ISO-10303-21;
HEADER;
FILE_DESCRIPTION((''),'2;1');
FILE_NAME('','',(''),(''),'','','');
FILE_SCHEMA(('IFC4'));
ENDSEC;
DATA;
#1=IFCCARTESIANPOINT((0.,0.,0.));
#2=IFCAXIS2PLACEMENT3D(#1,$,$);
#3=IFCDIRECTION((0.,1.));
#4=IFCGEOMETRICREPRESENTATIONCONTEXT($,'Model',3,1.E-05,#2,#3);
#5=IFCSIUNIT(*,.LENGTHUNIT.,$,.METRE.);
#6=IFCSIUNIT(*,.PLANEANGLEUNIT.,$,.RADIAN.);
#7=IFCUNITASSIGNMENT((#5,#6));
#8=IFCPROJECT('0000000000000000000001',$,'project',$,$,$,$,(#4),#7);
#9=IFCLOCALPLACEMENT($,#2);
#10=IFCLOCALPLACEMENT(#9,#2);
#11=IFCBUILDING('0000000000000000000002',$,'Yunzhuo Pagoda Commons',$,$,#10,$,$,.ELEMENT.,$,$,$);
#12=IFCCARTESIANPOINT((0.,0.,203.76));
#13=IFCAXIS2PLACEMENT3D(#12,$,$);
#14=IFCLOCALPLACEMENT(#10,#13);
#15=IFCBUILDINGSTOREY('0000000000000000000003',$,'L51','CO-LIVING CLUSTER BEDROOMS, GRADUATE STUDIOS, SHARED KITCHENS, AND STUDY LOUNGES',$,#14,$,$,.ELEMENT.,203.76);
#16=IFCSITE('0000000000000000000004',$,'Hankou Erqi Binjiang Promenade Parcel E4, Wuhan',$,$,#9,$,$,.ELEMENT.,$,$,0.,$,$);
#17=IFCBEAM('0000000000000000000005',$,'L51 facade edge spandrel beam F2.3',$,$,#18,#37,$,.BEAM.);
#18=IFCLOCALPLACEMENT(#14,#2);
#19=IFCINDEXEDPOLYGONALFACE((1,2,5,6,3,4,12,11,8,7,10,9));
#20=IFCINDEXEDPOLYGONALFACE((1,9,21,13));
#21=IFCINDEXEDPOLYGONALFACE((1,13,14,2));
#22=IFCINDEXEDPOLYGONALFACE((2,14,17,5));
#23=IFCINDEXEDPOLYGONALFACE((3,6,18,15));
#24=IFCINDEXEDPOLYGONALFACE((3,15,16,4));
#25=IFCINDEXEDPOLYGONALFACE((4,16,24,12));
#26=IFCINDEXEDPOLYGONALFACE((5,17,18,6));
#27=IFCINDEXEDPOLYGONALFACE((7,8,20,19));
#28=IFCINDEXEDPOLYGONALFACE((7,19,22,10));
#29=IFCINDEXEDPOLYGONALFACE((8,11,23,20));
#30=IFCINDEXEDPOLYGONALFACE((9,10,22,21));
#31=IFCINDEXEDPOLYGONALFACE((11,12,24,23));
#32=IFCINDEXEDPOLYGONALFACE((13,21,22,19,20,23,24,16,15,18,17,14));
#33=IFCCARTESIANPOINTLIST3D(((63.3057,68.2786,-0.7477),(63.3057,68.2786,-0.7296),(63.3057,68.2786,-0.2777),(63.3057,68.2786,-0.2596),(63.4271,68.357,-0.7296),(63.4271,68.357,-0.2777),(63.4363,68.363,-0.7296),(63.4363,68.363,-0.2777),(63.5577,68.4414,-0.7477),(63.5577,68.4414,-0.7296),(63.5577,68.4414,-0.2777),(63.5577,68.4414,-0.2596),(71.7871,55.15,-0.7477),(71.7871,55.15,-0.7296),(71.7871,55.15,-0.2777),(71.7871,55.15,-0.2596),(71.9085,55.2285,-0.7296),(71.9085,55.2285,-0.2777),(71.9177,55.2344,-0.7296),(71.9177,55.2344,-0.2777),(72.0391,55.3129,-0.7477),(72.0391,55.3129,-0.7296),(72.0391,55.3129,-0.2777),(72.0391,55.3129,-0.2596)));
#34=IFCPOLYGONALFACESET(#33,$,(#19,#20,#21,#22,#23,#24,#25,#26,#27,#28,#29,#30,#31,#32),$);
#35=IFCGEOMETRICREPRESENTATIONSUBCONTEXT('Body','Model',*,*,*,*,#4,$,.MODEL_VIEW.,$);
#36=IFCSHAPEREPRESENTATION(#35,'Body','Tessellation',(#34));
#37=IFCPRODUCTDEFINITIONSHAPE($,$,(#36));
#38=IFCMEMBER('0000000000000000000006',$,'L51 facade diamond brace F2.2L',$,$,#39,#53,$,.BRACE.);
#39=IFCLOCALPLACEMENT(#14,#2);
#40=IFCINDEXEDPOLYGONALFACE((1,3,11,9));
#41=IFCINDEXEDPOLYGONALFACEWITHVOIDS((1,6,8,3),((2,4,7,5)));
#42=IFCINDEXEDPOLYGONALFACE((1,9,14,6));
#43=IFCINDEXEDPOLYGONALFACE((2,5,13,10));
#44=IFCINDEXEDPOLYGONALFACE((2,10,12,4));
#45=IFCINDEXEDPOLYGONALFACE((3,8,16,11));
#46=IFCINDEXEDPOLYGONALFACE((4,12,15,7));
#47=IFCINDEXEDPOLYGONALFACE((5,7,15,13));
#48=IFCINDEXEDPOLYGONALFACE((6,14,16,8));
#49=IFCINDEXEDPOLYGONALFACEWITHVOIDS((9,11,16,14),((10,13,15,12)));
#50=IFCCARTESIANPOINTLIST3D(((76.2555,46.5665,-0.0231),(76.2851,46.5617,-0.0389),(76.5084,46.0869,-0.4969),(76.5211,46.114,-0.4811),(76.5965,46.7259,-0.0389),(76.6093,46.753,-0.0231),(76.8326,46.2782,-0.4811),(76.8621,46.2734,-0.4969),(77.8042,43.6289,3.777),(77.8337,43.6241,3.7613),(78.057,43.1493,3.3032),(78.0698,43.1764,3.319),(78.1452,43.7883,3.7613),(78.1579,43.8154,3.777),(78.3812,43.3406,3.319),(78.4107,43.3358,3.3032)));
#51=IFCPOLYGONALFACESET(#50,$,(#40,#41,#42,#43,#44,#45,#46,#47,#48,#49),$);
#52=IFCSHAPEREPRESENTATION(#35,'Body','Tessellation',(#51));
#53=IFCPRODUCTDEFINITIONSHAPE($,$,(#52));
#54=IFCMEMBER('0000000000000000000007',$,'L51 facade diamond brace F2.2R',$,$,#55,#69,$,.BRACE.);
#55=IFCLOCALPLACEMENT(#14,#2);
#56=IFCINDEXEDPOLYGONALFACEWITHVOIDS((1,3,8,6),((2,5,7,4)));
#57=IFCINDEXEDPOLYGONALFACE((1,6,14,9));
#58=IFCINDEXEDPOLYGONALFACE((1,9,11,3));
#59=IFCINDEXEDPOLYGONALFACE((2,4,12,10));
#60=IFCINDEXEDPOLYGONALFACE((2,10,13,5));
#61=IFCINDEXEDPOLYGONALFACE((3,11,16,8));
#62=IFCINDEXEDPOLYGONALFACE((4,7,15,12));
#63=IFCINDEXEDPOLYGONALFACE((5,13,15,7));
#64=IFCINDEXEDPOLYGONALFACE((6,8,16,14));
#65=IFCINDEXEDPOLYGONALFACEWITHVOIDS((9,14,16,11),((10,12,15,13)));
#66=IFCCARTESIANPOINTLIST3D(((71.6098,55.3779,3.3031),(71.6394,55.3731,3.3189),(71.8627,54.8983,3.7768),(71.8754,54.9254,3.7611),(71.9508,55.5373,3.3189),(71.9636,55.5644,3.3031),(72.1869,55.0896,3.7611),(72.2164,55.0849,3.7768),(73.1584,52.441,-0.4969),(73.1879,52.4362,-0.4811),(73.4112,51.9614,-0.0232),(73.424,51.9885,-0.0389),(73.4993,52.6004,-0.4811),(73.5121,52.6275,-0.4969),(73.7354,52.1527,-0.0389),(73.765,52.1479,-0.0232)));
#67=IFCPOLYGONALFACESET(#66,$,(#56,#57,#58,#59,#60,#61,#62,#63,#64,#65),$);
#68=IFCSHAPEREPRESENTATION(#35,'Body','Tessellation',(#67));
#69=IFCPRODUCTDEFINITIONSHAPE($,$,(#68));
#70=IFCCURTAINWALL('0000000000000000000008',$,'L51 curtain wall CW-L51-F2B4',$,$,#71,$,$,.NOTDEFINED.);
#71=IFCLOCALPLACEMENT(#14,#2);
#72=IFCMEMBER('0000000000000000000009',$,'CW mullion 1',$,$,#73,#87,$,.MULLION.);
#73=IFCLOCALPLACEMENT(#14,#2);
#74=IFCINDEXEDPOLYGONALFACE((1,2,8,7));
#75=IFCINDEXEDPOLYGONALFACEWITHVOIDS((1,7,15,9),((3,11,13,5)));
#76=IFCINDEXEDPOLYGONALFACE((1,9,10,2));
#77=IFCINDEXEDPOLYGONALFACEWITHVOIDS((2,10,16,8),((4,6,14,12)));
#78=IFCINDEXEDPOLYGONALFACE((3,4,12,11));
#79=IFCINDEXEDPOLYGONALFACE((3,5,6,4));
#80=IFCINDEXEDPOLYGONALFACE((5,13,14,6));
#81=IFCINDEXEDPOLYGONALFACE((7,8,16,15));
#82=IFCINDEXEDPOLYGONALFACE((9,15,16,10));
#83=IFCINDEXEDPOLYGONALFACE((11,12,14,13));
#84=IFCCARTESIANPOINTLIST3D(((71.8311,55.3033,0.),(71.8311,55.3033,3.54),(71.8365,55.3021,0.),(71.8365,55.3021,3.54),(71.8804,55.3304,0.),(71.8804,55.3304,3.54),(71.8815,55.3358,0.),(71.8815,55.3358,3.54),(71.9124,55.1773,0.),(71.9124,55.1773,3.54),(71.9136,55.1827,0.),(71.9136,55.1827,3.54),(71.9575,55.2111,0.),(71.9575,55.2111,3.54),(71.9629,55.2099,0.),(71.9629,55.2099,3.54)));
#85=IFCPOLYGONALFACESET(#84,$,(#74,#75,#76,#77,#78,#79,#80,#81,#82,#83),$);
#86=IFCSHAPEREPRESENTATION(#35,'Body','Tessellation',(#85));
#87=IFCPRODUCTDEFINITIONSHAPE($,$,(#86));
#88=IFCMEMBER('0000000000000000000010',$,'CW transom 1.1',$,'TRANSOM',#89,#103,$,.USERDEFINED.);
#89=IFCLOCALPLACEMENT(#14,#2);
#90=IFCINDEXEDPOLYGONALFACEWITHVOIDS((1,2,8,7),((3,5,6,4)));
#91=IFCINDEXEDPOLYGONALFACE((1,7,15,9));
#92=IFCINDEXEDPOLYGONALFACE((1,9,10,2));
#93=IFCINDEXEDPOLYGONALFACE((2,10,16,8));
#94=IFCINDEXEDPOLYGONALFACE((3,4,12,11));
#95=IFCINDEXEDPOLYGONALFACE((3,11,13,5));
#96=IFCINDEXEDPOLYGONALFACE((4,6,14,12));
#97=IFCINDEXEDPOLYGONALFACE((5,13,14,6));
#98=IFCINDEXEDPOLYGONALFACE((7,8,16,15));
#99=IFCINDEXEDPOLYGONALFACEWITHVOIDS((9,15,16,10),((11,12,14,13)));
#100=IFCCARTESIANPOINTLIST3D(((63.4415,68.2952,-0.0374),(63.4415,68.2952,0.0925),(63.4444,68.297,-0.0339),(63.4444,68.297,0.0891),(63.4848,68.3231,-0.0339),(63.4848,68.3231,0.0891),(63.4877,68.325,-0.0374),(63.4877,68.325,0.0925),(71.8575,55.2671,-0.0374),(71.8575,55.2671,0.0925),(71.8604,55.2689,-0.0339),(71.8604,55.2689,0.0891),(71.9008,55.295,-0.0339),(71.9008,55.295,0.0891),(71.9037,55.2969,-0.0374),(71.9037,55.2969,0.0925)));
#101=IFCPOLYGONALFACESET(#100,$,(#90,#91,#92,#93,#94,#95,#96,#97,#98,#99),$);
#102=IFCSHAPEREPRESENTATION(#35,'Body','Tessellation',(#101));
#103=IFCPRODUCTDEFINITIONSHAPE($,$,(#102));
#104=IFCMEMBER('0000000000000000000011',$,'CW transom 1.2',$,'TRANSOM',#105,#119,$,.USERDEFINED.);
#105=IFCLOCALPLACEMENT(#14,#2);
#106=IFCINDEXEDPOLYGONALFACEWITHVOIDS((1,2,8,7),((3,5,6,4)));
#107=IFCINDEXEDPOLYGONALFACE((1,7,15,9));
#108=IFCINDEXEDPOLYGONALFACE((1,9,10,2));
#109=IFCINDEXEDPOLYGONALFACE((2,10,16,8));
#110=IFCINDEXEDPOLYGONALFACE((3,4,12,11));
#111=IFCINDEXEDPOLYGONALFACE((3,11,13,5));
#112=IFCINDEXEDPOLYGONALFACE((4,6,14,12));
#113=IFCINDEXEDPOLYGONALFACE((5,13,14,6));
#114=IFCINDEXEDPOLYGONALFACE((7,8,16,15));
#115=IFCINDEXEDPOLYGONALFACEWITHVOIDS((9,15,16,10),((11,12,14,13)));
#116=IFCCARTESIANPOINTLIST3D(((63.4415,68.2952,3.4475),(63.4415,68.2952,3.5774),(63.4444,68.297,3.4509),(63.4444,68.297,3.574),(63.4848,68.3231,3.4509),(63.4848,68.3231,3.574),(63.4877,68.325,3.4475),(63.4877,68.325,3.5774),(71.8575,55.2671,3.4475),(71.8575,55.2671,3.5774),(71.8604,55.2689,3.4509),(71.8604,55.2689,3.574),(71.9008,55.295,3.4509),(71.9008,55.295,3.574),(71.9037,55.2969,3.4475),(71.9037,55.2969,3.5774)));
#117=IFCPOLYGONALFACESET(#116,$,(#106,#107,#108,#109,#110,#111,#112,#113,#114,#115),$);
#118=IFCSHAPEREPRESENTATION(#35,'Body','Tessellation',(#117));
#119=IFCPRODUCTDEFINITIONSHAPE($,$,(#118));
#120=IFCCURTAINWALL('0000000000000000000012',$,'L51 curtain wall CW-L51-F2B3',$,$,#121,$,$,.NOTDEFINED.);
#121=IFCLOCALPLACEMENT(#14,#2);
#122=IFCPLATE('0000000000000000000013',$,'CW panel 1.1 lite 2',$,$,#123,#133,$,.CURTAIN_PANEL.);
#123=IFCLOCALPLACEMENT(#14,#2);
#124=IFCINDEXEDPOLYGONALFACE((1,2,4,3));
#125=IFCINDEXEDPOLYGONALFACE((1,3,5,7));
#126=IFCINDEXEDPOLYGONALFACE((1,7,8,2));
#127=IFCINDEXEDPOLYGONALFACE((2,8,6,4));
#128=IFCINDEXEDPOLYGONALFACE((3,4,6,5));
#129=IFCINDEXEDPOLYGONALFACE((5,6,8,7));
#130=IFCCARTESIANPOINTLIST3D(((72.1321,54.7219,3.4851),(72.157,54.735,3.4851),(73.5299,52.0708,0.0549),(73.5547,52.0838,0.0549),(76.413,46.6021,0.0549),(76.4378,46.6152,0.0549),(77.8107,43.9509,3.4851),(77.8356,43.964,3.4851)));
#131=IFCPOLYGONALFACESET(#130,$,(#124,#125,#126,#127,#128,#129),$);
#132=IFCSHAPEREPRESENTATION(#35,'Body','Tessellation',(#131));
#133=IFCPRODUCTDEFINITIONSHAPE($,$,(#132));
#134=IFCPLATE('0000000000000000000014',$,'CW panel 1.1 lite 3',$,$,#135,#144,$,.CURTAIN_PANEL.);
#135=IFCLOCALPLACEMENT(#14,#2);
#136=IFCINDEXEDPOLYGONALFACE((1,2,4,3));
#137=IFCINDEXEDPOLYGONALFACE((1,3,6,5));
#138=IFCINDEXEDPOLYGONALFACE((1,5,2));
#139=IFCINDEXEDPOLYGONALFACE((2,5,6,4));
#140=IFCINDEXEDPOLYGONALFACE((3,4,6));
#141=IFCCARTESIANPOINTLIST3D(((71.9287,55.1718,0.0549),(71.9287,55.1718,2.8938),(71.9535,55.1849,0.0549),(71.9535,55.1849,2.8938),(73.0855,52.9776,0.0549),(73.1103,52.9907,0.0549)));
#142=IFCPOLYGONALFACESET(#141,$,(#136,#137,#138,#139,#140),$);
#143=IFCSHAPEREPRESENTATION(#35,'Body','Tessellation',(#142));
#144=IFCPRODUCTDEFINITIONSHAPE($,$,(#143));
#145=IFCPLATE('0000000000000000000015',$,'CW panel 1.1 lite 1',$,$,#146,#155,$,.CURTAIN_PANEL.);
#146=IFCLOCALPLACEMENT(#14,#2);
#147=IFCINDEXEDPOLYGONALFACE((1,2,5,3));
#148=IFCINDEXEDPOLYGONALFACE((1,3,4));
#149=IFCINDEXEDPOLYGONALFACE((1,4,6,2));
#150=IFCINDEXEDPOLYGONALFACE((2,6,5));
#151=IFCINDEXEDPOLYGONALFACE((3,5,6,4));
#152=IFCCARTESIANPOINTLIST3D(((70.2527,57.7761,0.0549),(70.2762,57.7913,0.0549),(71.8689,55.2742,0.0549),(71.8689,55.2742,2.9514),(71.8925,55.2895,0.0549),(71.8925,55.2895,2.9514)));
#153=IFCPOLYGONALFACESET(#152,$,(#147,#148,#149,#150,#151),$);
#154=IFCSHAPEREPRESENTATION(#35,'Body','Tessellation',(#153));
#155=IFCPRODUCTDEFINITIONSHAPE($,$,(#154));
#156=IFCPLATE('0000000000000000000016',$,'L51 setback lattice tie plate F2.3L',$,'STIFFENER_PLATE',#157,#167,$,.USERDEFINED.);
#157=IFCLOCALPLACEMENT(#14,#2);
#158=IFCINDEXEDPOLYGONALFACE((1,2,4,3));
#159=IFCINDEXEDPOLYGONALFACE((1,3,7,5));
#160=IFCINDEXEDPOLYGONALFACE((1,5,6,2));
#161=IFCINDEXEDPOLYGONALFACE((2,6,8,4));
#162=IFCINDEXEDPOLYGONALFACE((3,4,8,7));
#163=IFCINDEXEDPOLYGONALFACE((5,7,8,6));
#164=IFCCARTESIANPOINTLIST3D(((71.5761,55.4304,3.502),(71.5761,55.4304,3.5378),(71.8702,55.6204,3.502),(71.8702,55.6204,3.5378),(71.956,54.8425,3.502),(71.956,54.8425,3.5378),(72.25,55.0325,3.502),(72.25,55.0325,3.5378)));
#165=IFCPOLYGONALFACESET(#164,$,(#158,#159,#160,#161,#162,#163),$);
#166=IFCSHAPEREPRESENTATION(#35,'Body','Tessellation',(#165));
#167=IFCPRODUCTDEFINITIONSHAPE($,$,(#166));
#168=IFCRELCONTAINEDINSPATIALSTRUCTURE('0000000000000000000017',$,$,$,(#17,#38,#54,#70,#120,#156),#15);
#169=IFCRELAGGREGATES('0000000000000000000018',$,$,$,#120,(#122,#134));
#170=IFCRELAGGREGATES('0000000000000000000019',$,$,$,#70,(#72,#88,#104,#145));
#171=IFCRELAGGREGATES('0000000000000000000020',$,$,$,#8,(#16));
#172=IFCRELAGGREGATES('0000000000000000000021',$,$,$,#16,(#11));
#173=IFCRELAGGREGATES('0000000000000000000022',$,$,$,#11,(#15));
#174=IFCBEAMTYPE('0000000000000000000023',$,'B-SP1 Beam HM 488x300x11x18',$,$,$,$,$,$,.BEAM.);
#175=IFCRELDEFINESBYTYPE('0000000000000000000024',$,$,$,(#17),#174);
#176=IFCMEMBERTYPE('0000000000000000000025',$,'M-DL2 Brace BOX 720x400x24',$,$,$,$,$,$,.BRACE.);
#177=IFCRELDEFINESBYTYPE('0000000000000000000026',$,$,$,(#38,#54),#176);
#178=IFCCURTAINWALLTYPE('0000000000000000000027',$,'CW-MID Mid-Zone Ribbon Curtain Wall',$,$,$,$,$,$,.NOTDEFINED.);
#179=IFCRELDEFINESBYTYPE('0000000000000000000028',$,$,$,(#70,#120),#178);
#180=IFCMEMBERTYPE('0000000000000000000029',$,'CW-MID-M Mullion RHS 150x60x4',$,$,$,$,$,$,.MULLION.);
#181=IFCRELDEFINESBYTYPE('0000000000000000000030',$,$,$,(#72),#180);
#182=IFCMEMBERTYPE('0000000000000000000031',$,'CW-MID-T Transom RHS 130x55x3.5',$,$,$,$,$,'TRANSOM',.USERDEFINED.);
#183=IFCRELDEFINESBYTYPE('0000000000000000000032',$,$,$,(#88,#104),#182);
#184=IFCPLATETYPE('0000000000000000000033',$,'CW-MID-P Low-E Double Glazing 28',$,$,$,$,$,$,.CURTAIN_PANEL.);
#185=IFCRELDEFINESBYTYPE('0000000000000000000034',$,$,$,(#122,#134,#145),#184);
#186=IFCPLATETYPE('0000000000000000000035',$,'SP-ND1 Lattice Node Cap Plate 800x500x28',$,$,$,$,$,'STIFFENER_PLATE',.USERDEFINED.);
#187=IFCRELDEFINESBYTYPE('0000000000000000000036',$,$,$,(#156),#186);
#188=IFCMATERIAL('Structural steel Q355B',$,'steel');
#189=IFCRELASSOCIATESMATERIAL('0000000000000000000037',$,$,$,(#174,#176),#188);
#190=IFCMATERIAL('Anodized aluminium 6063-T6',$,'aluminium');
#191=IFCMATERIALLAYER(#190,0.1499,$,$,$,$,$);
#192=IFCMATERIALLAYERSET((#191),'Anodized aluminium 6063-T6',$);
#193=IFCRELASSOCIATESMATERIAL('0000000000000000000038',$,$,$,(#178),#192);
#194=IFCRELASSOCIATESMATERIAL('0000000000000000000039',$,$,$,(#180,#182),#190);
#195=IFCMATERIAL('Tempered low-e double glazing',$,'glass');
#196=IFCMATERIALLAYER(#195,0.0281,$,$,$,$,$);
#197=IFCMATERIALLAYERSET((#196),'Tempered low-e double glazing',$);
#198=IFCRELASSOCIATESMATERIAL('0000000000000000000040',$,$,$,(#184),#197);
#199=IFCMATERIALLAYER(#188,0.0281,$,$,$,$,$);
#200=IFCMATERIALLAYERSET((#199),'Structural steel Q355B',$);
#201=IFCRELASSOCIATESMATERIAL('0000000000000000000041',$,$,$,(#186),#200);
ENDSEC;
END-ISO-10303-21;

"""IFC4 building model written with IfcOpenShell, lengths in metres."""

from ifc_helpers import new_model, si_unit, direction, frame, origin, origin_2d, place, context, subcontext, project, spatial, polyline, rectangle, hollow_rectangle, i_section, outline, extrude, source, transform, mapped, material, layer, layer_set, material_profile, profile_set, type_object, element, aggregate, save


model = new_model("IFC4")

# Units and contexts
model_context = context("Model", 3, precision=1e-05, world=origin(), true_north=direction((0.0, 1.0)))
body_context = subcontext(model_context, "Body", "Model", "MODEL_VIEW")
ifc_project = project(units=[si_unit("LENGTHUNIT", "METRE"), si_unit("PLANEANGLEUNIT", "RADIAN")], contexts=[model_context])

# Site, building, storey
site_placement = place(None, origin())
site = spatial("IfcSite", under=ifc_project, at=site_placement, Name="Hankou Erqi Binjiang Promenade Parcel E4, Wuhan", CompositionType="ELEMENT", RefElevation=0.0)
building_placement = place(site_placement, origin())
building = spatial("IfcBuilding", under=site, at=building_placement, Name="Yunzhuo Pagoda Commons", CompositionType="ELEMENT")
storey_placement = place(building_placement, frame((0.0, 0.0, 203.76)))
storey = spatial("IfcBuildingStorey", under=building, at=storey_placement, Name="L51", Description="CO-LIVING CLUSTER BEDROOMS, GRADUATE STUDIOS, SHARED KITCHENS, AND STUDY LOUNGES", CompositionType="ELEMENT", Elevation=203.76)

# Beam
ifc_material_1 = material(Name="Structural steel Q355B", Category="steel")
ifc_material_profile_1 = material_profile(ifc_material_1, i_section(OverallWidth=0.3, OverallDepth=0.488, WebThickness=0.011, FlangeThickness=0.0181, at=origin_2d()), Name="Structural steel Q355B")
ifc_profile_set_1 = profile_set([ifc_material_profile_1], Name="Structural steel Q355B")
beam_type_1 = type_object("IfcBeamType", Name="B-SP1 Beam HM 488x300x11x18", PredefinedType="BEAM", material=ifc_profile_set_1)
shared_shape_1 = source(origin(), body_context, "Body", "SweptSolid", [
    extrude(i_section(OverallWidth=0.3, OverallDepth=0.488, WebThickness=0.011, FlangeThickness=0.0181, at=origin_2d()), origin(), (0.0, 0.0, 1.0), 15.6299),
])
beam_1_placement = place(storey_placement, frame((71.9131, 55.2314, -0.5037), z_axis=(-0.542639, 0.839966, 0.0), x_axis=(-0.839966, -0.542639, 0.0)))
element("IfcBeam", 1, at=beam_1_placement, inside=storey, type_object=beam_type_1, Name="L51 facade edge spandrel beam F2.3", PredefinedType="BEAM", context=body_context, shape_type="MappedRepresentation", body=[
    mapped(shared_shape_1, transform((0.0, 0.0, 0.0), scale=1.0)),
])

# Members
ifc_material_profile_2 = material_profile(ifc_material_1, hollow_rectangle(XDim=0.3999, YDim=0.72, WallThickness=0.0239, at=origin_2d()), Name="Structural steel Q355B")
ifc_profile_set_2 = profile_set([ifc_material_profile_2], Name="Structural steel Q355B")
member_type_1 = type_object("IfcMemberType", Name="M-DL2 Brace BOX 720x400x24", PredefinedType="BRACE", material=ifc_profile_set_2)
shared_shape_2 = source(origin(), body_context, "Body", "SweptSolid", [
    extrude(hollow_rectangle(XDim=0.3999, YDim=0.72, WallThickness=0.0239, at=origin_2d()), origin(), (0.0, 0.0, 1.0), 5.0466),
])
member_1_placement = place(storey_placement, frame((76.5588, 46.4199, -0.26), z_axis=(0.306862, -0.582084, 0.753003), x_axis=(0.884604, 0.466343, 0.0)))
element("IfcMember", 2, at=member_1_placement, inside=storey, type_object=member_type_1, Name="L51 facade diamond brace F2.2L", PredefinedType="BRACE", context=body_context, shape_type="MappedRepresentation", body=[
    mapped(shared_shape_2, transform((0.0, 0.0, 0.0), scale=1.0)),
])
shared_shape_3 = source(origin(), body_context, "Body", "SweptSolid", [
    extrude(hollow_rectangle(XDim=0.3999, YDim=0.72, WallThickness=0.0239, at=origin_2d()), origin(), (0.0, 0.0, 1.0), 5.0461),
])
member_2_placement = place(storey_placement, frame((73.4617, 52.2944, -0.26), z_axis=(-0.306879, 0.58202, 0.753046), x_axis=(-0.884572, -0.466404, 0.0)))
element("IfcMember", 3, at=member_2_placement, inside=storey, type_object=member_type_1, Name="L51 facade diamond brace F2.2R", PredefinedType="BRACE", context=body_context, shape_type="MappedRepresentation", body=[
    mapped(shared_shape_3, transform((0.0, 0.0, 0.0), scale=1.0)),
])

# Curtain wall, members
ifc_material_2 = material(Name="Anodized aluminium 6063-T6", Category="aluminium")
ifc_layer_1 = layer(ifc_material_2, 0.1499)
ifc_layer_set_1 = layer_set([ifc_layer_1], Name="Anodized aluminium 6063-T6")
curtain_wall_type = type_object("IfcCurtainWallType", Name="CW-MID Mid-Zone Ribbon Curtain Wall", PredefinedType="NOTDEFINED", material=ifc_layer_set_1)
curtain_wall_1_placement = place(storey_placement, origin())
curtain_wall_1 = element("IfcCurtainWall", 4, at=curtain_wall_1_placement, inside=storey, type_object=curtain_wall_type, Name="L51 curtain wall CW-L51-F2B4", PredefinedType="NOTDEFINED")
ifc_material_profile_3 = material_profile(ifc_material_2, hollow_rectangle(XDim=0.0601, YDim=0.1499, WallThickness=0.0039, at=origin_2d()), Name="Anodized aluminium 6063-T6")
ifc_profile_set_3 = profile_set([ifc_material_profile_3], Name="Anodized aluminium 6063-T6")
member_type_2 = type_object("IfcMemberType", Name="CW-MID-M Mullion RHS 150x60x4", PredefinedType="MULLION", material=ifc_profile_set_3)
shared_shape_4 = source(origin(), body_context, "Body", "SweptSolid", [
    extrude(hollow_rectangle(XDim=0.0601, YDim=0.1499, WallThickness=0.0039, at=origin_2d()), origin(), (0.0, 0.0, 1.0), 3.54),
])
member_3_placement = place(storey_placement, frame((71.897, 55.2566, 0.0), z_axis=(0.0, 0.0, 1.0), x_axis=(-0.839965, -0.54264, 0.0)))
member_3 = element("IfcMember", 5, at=member_3_placement, type_object=member_type_2, Name="CW mullion 1", PredefinedType="MULLION", context=body_context, shape_type="MappedRepresentation", body=[
    mapped(shared_shape_4, transform((0.0, 0.0, 0.0), scale=1.0)),
])
ifc_material_profile_4 = material_profile(ifc_material_2, hollow_rectangle(XDim=0.0549, YDim=0.1299, WallThickness=0.0034, at=origin_2d()), Name="Anodized aluminium 6063-T6")
ifc_profile_set_4 = profile_set([ifc_material_profile_4], Name="Anodized aluminium 6063-T6")
member_type_3 = type_object("IfcMemberType", Name="CW-MID-T Transom RHS 130x55x3.5", ElementType="TRANSOM", PredefinedType="USERDEFINED", material=ifc_profile_set_4)
shared_shape_5 = source(origin(), body_context, "Body", "SweptSolid", [
    extrude(hollow_rectangle(XDim=0.0549, YDim=0.1299, WallThickness=0.0034, at=origin_2d()), origin(), (0.0, 0.0, 1.0), 15.51),
])
member_4_placement = place(storey_placement, frame((71.8806, 55.282, 0.0276), z_axis=(-0.542619, 0.839979, 0.0), x_axis=(-0.839979, -0.542619, 0.0)))
member_4 = element("IfcMember", 6, at=member_4_placement, type_object=member_type_3, Name="CW transom 1.1", ObjectType="TRANSOM", PredefinedType="USERDEFINED", context=body_context, shape_type="MappedRepresentation", body=[
    mapped(shared_shape_5, transform((0.0, 0.0, 0.0), scale=1.0)),
])
member_5_placement = place(storey_placement, frame((71.8806, 55.282, 3.5125), z_axis=(-0.542619, 0.839979, 0.0), x_axis=(-0.839979, -0.542619, 0.0)))
member_5 = element("IfcMember", 7, at=member_5_placement, type_object=member_type_3, Name="CW transom 1.2", ObjectType="TRANSOM", PredefinedType="USERDEFINED", context=body_context, shape_type="MappedRepresentation", body=[
    mapped(shared_shape_5, transform((0.0, 0.0, 0.0), scale=1.0)),
])

# Curtain wall, plates
curtain_wall_2_placement = place(storey_placement, origin())
curtain_wall_2 = element("IfcCurtainWall", 8, at=curtain_wall_2_placement, inside=storey, type_object=curtain_wall_type, Name="L51 curtain wall CW-L51-F2B3", PredefinedType="NOTDEFINED")
ifc_material_3 = material(Name="Tempered low-e double glazing", Category="glass")
ifc_layer_2 = layer(ifc_material_3, 0.0281)
ifc_layer_set_2 = layer_set([ifc_layer_2], Name="Tempered low-e double glazing")
plate_type_1 = type_object("IfcPlateType", Name="CW-MID-P Low-E Double Glazing 28", PredefinedType="CURTAIN_PANEL", material=ifc_layer_set_2)
plate_1_placement = place(storey_placement, frame((74.9714, 49.3364, 1.77), z_axis=(0.884592, 0.466366, 0.0), x_axis=(-0.466366, 0.884592, 0.0)))
plate_1 = element("IfcPlate", 9, at=plate_1_placement, type_object=plate_type_1, Name="CW panel 1.1 lite 2", PredefinedType="CURTAIN_PANEL", context=body_context, shape_type="SweptSolid", body=[
    extrude(outline(polyline([(-6.0881, 1.7151), (-3.0911, -1.7151), (3.0911, -1.7151), (6.0881, 1.7151), (-6.0881, 1.7151)])), origin(), (0.0, 0.0, 1.0), 0.0281),
])
plate_2_placement = place(storey_placement, frame((72.5071, 54.0747, 1.4744), z_axis=(0.884592, 0.466366, 0.0), x_axis=(-0.466366, 0.884592, 0.0)))
plate_2 = element("IfcPlate", 10, at=plate_2_placement, type_object=plate_type_1, Name="CW panel 1.1 lite 3", PredefinedType="CURTAIN_PANEL", context=body_context, shape_type="SweptSolid", body=[
    extrude(outline(polyline([(-1.2402, -1.4194), (1.2402, -1.4194), (1.2402, 1.4194), (-1.2402, -1.4194)])), origin(), (0.0, 0.0, 1.0), 0.0281),
])
aggregate(curtain_wall_2, [plate_1, plate_2])

# Plates
plate_3_placement = place(storey_placement, frame((71.0608, 56.5251, 1.5032), z_axis=(0.839965, 0.54264, 0.0), x_axis=(-0.54264, 0.839965, 0.0)))
plate_3 = element("IfcPlate", 11, at=plate_3_placement, type_object=plate_type_1, Name="CW panel 1.1 lite 1", PredefinedType="CURTAIN_PANEL", context=body_context, shape_type="SweptSolid", body=[
    extrude(outline(polyline([(-1.4893, -1.4482), (1.4893, -1.4482), (-1.4893, 1.4482), (-1.4893, -1.4482)])), origin(), (0.0, 0.0, 1.0), 0.0281),
])
aggregate(curtain_wall_1, [member_3, member_4, member_5, plate_3])
ifc_layer_3 = layer(ifc_material_1, 0.0281)
ifc_layer_set_3 = layer_set([ifc_layer_3], Name="Structural steel Q355B")
plate_type_2 = type_object("IfcPlateType", Name="SP-ND1 Lattice Node Cap Plate 800x500x28", ElementType="STIFFENER_PLATE", PredefinedType="USERDEFINED", material=ifc_layer_set_3)
shared_shape_6 = source(origin(), body_context, "Body", "SweptSolid", [
    extrude(rectangle(XDim=0.7, YDim=0.3501, at=origin_2d()), origin(), (0.0, 0.0, 1.0), 0.0359),
])
plate_4_placement = place(storey_placement, frame((71.9131, 55.2314, 3.502), z_axis=(0.0, 0.0, 1.0), x_axis=(-0.542647, 0.839961, 0.0)))
element("IfcPlate", 12, at=plate_4_placement, inside=storey, type_object=plate_type_2, Name="L51 setback lattice tie plate F2.3L", ObjectType="STIFFENER_PLATE", PredefinedType="USERDEFINED", context=body_context, shape_type="MappedRepresentation", body=[
    mapped(shared_shape_6, transform((0.0, 0.0, 0.0), scale=1.0)),
])

save(model, "model.ifc")
